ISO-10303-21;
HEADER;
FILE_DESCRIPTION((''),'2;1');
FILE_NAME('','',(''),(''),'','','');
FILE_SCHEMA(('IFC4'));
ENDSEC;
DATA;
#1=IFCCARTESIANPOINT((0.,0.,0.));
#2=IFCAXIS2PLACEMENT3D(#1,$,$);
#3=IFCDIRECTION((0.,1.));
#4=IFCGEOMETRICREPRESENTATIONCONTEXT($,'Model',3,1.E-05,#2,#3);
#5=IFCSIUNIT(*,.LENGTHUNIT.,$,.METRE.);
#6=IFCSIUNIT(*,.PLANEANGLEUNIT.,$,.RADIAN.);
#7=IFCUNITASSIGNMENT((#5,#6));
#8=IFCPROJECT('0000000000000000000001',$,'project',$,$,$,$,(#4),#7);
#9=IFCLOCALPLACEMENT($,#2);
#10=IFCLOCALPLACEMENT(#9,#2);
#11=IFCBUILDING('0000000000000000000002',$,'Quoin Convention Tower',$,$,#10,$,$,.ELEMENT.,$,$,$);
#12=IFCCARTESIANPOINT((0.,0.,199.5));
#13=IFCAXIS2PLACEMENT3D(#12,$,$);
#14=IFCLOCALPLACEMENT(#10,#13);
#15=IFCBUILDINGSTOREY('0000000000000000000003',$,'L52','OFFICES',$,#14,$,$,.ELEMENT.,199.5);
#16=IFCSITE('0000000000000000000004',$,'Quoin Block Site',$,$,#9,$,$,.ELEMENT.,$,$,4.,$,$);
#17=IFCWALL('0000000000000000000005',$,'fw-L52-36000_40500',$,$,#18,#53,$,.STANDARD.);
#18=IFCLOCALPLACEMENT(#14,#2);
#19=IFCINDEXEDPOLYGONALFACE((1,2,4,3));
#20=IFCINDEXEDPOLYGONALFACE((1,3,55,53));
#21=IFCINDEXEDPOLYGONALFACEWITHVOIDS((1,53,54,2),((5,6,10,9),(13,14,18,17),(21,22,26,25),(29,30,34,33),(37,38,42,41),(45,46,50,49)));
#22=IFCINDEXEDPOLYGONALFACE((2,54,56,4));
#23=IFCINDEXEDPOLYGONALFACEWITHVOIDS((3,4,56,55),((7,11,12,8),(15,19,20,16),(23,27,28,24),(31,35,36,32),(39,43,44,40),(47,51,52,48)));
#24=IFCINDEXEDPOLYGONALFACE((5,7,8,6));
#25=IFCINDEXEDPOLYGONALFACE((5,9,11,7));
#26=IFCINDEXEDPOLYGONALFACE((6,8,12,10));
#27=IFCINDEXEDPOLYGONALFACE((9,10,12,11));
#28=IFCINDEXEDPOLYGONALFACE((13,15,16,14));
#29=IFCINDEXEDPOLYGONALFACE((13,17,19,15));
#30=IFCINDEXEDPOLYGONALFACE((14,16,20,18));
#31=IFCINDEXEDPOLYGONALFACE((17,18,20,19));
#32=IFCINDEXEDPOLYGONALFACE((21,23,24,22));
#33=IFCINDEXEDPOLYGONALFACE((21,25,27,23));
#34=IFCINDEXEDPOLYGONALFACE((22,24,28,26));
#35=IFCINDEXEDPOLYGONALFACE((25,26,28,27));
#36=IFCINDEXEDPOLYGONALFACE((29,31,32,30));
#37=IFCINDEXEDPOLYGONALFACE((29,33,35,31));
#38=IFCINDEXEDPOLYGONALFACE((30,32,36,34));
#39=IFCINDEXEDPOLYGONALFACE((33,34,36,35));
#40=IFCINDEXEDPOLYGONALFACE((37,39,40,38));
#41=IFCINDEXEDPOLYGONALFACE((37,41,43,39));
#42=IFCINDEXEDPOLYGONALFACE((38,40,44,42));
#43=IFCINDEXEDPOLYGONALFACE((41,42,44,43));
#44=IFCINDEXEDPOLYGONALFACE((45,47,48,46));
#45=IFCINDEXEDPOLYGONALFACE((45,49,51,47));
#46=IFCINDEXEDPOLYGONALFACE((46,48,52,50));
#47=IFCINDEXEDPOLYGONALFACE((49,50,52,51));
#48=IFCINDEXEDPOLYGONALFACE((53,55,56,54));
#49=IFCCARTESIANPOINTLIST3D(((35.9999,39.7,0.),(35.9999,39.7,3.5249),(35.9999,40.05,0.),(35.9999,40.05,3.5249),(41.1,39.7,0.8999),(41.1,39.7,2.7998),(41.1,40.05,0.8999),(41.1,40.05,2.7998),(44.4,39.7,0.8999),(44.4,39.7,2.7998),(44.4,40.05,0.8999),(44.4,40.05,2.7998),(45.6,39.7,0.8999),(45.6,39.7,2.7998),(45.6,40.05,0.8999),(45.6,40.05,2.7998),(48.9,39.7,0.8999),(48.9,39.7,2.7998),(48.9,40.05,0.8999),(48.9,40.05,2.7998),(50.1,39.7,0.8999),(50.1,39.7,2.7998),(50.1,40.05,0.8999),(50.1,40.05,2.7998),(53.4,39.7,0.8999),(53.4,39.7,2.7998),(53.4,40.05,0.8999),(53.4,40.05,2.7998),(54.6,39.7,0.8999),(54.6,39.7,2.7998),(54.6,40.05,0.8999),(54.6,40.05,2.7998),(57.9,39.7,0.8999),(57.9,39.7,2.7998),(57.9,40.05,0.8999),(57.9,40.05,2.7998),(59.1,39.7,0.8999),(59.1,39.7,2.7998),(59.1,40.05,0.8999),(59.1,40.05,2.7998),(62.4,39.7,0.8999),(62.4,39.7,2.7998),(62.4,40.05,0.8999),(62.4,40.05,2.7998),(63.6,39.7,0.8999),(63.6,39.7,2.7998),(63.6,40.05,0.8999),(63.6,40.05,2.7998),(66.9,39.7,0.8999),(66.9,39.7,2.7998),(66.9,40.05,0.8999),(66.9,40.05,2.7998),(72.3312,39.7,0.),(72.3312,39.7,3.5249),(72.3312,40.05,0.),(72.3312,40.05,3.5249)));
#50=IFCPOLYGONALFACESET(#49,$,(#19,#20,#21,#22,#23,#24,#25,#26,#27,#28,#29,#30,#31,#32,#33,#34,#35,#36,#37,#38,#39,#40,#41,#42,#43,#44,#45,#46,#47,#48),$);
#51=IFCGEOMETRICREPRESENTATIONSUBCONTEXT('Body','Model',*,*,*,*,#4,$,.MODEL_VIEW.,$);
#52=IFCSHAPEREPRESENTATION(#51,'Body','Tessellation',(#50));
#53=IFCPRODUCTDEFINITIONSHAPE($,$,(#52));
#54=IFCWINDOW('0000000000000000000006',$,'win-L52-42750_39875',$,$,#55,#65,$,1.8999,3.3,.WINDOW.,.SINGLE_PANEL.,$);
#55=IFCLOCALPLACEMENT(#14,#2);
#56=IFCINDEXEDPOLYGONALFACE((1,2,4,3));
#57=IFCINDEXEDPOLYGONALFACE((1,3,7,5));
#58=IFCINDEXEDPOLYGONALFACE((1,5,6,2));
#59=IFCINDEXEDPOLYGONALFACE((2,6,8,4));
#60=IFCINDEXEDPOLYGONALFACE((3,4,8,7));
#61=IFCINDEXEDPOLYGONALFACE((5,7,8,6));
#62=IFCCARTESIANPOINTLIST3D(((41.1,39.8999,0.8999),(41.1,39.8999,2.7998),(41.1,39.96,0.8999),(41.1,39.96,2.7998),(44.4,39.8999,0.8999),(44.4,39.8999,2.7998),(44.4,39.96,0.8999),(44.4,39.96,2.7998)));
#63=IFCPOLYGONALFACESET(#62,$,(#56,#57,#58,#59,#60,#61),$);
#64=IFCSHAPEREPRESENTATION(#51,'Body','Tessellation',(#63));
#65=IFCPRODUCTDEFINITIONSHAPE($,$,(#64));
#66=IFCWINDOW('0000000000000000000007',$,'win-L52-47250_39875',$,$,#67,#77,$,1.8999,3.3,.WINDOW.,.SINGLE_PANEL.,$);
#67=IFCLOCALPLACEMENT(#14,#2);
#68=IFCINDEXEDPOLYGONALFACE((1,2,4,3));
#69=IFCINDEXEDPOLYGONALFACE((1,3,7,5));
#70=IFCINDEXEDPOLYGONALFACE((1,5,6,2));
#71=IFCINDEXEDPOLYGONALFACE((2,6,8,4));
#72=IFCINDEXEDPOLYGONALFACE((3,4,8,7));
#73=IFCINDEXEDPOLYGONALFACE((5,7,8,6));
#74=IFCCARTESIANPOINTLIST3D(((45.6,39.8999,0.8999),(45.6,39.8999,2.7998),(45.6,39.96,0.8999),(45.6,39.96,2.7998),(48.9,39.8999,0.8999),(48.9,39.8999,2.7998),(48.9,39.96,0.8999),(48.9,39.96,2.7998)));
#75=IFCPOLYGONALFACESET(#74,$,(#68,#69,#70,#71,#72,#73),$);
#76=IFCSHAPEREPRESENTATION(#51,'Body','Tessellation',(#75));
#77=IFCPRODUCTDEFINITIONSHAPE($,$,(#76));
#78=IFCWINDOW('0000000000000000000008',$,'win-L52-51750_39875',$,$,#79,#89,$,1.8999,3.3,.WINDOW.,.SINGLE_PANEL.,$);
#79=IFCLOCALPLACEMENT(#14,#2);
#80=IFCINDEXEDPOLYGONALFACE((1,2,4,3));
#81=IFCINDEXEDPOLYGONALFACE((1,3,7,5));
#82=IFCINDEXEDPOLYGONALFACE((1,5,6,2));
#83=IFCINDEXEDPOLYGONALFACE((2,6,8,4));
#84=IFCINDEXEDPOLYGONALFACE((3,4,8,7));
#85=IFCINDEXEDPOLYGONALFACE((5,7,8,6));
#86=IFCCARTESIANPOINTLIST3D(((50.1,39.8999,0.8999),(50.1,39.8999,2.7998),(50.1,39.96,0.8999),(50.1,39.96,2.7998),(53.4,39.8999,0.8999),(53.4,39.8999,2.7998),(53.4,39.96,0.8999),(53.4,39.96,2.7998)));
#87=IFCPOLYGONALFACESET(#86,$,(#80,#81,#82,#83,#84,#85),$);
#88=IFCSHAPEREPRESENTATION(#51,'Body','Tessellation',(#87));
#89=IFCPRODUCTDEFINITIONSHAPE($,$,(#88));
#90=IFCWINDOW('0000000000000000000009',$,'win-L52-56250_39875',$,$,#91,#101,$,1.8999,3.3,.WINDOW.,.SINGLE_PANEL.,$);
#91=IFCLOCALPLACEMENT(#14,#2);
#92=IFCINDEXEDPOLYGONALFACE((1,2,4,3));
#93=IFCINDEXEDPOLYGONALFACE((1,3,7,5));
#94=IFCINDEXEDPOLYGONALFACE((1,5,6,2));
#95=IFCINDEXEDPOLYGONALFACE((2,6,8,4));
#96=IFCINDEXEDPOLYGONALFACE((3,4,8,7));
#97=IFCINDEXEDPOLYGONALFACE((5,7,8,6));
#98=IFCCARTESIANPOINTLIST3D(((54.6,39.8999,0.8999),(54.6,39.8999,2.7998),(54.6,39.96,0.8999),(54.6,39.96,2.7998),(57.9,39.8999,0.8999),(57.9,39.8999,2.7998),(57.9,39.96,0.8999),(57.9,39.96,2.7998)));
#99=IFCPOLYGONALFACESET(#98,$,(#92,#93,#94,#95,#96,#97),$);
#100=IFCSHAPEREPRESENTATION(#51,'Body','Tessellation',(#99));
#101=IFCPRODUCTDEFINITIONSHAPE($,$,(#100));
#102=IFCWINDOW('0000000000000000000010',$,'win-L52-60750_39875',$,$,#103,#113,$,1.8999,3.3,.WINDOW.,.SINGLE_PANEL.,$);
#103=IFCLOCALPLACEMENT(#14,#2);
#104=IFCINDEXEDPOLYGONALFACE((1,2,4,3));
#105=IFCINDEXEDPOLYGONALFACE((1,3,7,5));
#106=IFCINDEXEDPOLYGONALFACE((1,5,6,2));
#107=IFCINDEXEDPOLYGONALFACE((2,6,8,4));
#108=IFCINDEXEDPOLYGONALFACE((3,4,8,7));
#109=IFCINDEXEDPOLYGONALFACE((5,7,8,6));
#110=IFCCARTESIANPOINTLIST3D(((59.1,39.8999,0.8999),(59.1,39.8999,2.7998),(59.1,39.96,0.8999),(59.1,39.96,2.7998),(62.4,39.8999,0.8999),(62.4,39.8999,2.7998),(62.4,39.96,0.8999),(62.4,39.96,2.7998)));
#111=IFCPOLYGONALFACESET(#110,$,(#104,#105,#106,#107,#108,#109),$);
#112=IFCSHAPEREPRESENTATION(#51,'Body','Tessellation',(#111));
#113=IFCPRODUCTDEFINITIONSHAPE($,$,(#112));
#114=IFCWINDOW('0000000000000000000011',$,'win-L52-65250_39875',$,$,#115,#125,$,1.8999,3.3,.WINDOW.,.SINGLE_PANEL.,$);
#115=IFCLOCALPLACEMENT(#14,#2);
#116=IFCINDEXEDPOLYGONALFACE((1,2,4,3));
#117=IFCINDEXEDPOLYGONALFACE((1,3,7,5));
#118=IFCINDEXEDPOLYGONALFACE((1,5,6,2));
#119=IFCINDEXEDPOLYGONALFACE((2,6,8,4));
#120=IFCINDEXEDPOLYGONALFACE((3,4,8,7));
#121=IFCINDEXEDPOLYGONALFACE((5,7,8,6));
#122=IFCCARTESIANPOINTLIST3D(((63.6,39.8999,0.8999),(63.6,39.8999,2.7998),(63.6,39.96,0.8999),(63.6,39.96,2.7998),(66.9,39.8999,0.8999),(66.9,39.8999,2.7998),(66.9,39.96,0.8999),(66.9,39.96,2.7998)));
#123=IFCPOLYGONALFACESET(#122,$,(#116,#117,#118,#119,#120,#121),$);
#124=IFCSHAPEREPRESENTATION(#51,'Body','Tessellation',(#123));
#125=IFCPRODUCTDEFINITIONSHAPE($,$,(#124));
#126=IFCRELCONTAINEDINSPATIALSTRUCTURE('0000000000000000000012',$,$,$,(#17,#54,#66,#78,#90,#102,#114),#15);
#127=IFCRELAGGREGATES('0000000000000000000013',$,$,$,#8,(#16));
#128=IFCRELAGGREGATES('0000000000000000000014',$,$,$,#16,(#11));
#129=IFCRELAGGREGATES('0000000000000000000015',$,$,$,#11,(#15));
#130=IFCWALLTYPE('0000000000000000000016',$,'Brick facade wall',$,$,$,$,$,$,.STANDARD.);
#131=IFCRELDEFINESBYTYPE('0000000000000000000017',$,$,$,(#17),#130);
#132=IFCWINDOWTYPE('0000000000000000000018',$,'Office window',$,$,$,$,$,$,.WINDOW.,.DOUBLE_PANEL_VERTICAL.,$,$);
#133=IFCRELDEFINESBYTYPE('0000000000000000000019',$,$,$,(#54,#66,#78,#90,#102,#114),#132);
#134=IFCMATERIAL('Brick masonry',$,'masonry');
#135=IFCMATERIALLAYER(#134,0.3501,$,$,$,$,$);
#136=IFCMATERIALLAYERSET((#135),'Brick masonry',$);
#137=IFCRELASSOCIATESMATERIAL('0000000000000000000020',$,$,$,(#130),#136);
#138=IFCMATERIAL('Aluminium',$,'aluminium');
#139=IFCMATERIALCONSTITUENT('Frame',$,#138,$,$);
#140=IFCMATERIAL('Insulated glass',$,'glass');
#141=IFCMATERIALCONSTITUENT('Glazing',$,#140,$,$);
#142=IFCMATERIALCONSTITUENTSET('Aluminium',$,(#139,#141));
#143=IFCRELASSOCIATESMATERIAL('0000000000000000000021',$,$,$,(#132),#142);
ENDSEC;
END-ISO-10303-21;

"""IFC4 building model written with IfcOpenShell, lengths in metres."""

from ifc_helpers import new_model, si_unit, direction, frame, frame_2d, origin, place, context, subcontext, project, spatial, rectangle, extrude, material, layer, layer_set, constituent, constituent_set, type_object, element, fill, save


model = new_model("IFC4")

# Units and contexts
model_context = context("Model", 3, precision=1e-05, world=origin(), true_north=direction((0.0, 1.0)))
body_context = subcontext(model_context, "Body", "Model", "MODEL_VIEW")
ifc_project = project(units=[si_unit("LENGTHUNIT", "METRE"), si_unit("PLANEANGLEUNIT", "RADIAN")], contexts=[model_context])

# Site, building, storey
site_placement = place(None, origin())
site = spatial("IfcSite", under=ifc_project, at=site_placement, Name="Quoin Block Site", CompositionType="ELEMENT", RefElevation=4.0)
building_placement = place(site_placement, origin())
building = spatial("IfcBuilding", under=site, at=building_placement, Name="Quoin Convention Tower", CompositionType="ELEMENT")
storey_placement = place(building_placement, frame((0.0, 0.0, 199.5)))
storey = spatial("IfcBuildingStorey", under=building, at=storey_placement, Name="L52", Description="OFFICES", CompositionType="ELEMENT", Elevation=199.5)

# Wall, openings, windows
ifc_material_1 = material(Name="Brick masonry", Category="masonry")
ifc_layer_1 = layer(ifc_material_1, 0.3501)
ifc_layer_set_1 = layer_set([ifc_layer_1], Name="Brick masonry")
wall_type = type_object("IfcWallType", Name="Brick facade wall", PredefinedType="STANDARD", material=ifc_layer_set_1)
wall_1_placement = place(storey_placement, frame((36.0, 39.875, 0.0), z_axis=(0.0, 0.0, 1.0), x_axis=(1.0, 0.0, 0.0)))
wall_1 = element("IfcWall", 1, at=wall_1_placement, inside=storey, type_object=wall_type, Name="fw-L52-36000_40500", PredefinedType="STANDARD", context=body_context, shape_type="SweptSolid", body=[
    extrude(rectangle(XDim=36.3313, YDim=0.3501, at=frame_2d((18.1655, 0.0))), origin(), (0.0, 0.0, 1.0), 3.5249),
])
opening_1_placement = place(wall_1_placement, frame((5.1001, 0.0, 0.8999)))
opening_1 = element("IfcOpeningElement", 2, at=opening_1_placement, cuts=wall_1, PredefinedType="OPENING", context=body_context, shape_type="SweptSolid", body=[
    extrude(rectangle(XDim=3.3, YDim=1.8999, at=frame_2d((1.6499, 0.95))), frame((0.0, 0.1851, 0.0), z_axis=(0.0, -1.0, 0.0), x_axis=(1.0, 0.0, 0.0)), (0.0, 0.0, 1.0), 0.3701),
])
opening_2_placement = place(wall_1_placement, frame((9.6001, 0.0, 0.8999)))
opening_2 = element("IfcOpeningElement", 3, at=opening_2_placement, cuts=wall_1, PredefinedType="OPENING", context=body_context, shape_type="SweptSolid", body=[
    extrude(rectangle(XDim=3.3, YDim=1.8999, at=frame_2d((1.6499, 0.95))), frame((0.0, 0.1851, 0.0), z_axis=(0.0, -1.0, 0.0), x_axis=(1.0, 0.0, 0.0)), (0.0, 0.0, 1.0), 0.3701),
])
opening_3_placement = place(wall_1_placement, frame((14.1001, 0.0, 0.8999)))
opening_3 = element("IfcOpeningElement", 4, at=opening_3_placement, cuts=wall_1, PredefinedType="OPENING", context=body_context, shape_type="SweptSolid", body=[
    extrude(rectangle(XDim=3.3, YDim=1.8999, at=frame_2d((1.6499, 0.95))), frame((0.0, 0.1851, 0.0), z_axis=(0.0, -1.0, 0.0), x_axis=(1.0, 0.0, 0.0)), (0.0, 0.0, 1.0), 0.3701),
])
opening_4_placement = place(wall_1_placement, frame((18.6001, 0.0, 0.8999)))
opening_4 = element("IfcOpeningElement", 5, at=opening_4_placement, cuts=wall_1, PredefinedType="OPENING", context=body_context, shape_type="SweptSolid", body=[
    extrude(rectangle(XDim=3.3, YDim=1.8999, at=frame_2d((1.6499, 0.95))), frame((0.0, 0.1851, 0.0), z_axis=(0.0, -1.0, 0.0), x_axis=(1.0, 0.0, 0.0)), (0.0, 0.0, 1.0), 0.3701),
])
opening_5_placement = place(wall_1_placement, frame((23.1001, 0.0, 0.8999)))
opening_5 = element("IfcOpeningElement", 6, at=opening_5_placement, cuts=wall_1, PredefinedType="OPENING", context=body_context, shape_type="SweptSolid", body=[
    extrude(rectangle(XDim=3.3, YDim=1.8999, at=frame_2d((1.6499, 0.95))), frame((0.0, 0.1851, 0.0), z_axis=(0.0, -1.0, 0.0), x_axis=(1.0, 0.0, 0.0)), (0.0, 0.0, 1.0), 0.3701),
])
opening_6_placement = place(wall_1_placement, frame((27.6001, 0.0, 0.8999)))
opening_6 = element("IfcOpeningElement", 7, at=opening_6_placement, cuts=wall_1, PredefinedType="OPENING", context=body_context, shape_type="SweptSolid", body=[
    extrude(rectangle(XDim=3.3, YDim=1.8999, at=frame_2d((1.6499, 0.95))), frame((0.0, 0.1851, 0.0), z_axis=(0.0, -1.0, 0.0), x_axis=(1.0, 0.0, 0.0)), (0.0, 0.0, 1.0), 0.3701),
])
ifc_material_2 = material(Name="Aluminium", Category="aluminium")
ifc_constituent_1 = constituent(ifc_material_2, Name="Frame")
ifc_material_3 = material(Name="Insulated glass", Category="glass")
ifc_constituent_2 = constituent(ifc_material_3, Name="Glazing")
ifc_constituent_set = constituent_set(constituents=[ifc_constituent_1, ifc_constituent_2], Name="Aluminium")
window_type = type_object("IfcWindowType", Name="Office window", PartitioningType="DOUBLE_PANEL_VERTICAL", PredefinedType="WINDOW", material=ifc_constituent_set)
window_1_placement = place(opening_1_placement, origin())
window_1 = element("IfcWindow", 8, at=window_1_placement, inside=storey, type_object=window_type, Name="win-L52-42750_39875", OverallHeight=1.8999, OverallWidth=3.3, PartitioningType="SINGLE_PANEL", PredefinedType="WINDOW", context=body_context, shape_type="SweptSolid", body=[
    extrude(rectangle(XDim=3.3, YDim=1.8999, at=frame_2d((1.6499, 0.95))), frame((0.0, 0.085, 0.0), z_axis=(0.0, -1.0, 0.0), x_axis=(1.0, 0.0, 0.0)), (0.0, 0.0, 1.0), 0.0601),
])
fill(opening_1, window_1)
window_2_placement = place(opening_2_placement, origin())
window_2 = element("IfcWindow", 9, at=window_2_placement, inside=storey, type_object=window_type, Name="win-L52-47250_39875", OverallHeight=1.8999, OverallWidth=3.3, PartitioningType="SINGLE_PANEL", PredefinedType="WINDOW", context=body_context, shape_type="SweptSolid", body=[
    extrude(rectangle(XDim=3.3, YDim=1.8999, at=frame_2d((1.6499, 0.95))), frame((0.0, 0.085, 0.0), z_axis=(0.0, -1.0, 0.0), x_axis=(1.0, 0.0, 0.0)), (0.0, 0.0, 1.0), 0.0601),
])
fill(opening_2, window_2)
window_3_placement = place(opening_3_placement, origin())
window_3 = element("IfcWindow", 10, at=window_3_placement, inside=storey, type_object=window_type, Name="win-L52-51750_39875", OverallHeight=1.8999, OverallWidth=3.3, PartitioningType="SINGLE_PANEL", PredefinedType="WINDOW", context=body_context, shape_type="SweptSolid", body=[
    extrude(rectangle(XDim=3.3, YDim=1.8999, at=frame_2d((1.6499, 0.95))), frame((0.0, 0.085, 0.0), z_axis=(0.0, -1.0, 0.0), x_axis=(1.0, 0.0, 0.0)), (0.0, 0.0, 1.0), 0.0601),
])
fill(opening_3, window_3)
window_4_placement = place(opening_4_placement, origin())
window_4 = element("IfcWindow", 11, at=window_4_placement, inside=storey, type_object=window_type, Name="win-L52-56250_39875", OverallHeight=1.8999, OverallWidth=3.3, PartitioningType="SINGLE_PANEL", PredefinedType="WINDOW", context=body_context, shape_type="SweptSolid", body=[
    extrude(rectangle(XDim=3.3, YDim=1.8999, at=frame_2d((1.6499, 0.95))), frame((0.0, 0.085, 0.0), z_axis=(0.0, -1.0, 0.0), x_axis=(1.0, 0.0, 0.0)), (0.0, 0.0, 1.0), 0.0601),
])
fill(opening_4, window_4)
window_5_placement = place(opening_5_placement, origin())
window_5 = element("IfcWindow", 12, at=window_5_placement, inside=storey, type_object=window_type, Name="win-L52-60750_39875", OverallHeight=1.8999, OverallWidth=3.3, PartitioningType="SINGLE_PANEL", PredefinedType="WINDOW", context=body_context, shape_type="SweptSolid", body=[
    extrude(rectangle(XDim=3.3, YDim=1.8999, at=frame_2d((1.6499, 0.95))), frame((0.0, 0.085, 0.0), z_axis=(0.0, -1.0, 0.0), x_axis=(1.0, 0.0, 0.0)), (0.0, 0.0, 1.0), 0.0601),
])
fill(opening_5, window_5)
window_6_placement = place(opening_6_placement, origin())
window_6 = element("IfcWindow", 13, at=window_6_placement, inside=storey, type_object=window_type, Name="win-L52-65250_39875", OverallHeight=1.8999, OverallWidth=3.3, PartitioningType="SINGLE_PANEL", PredefinedType="WINDOW", context=body_context, shape_type="SweptSolid", body=[
    extrude(rectangle(XDim=3.3, YDim=1.8999, at=frame_2d((1.6499, 0.95))), frame((0.0, 0.085, 0.0), z_axis=(0.0, -1.0, 0.0), x_axis=(1.0, 0.0, 0.0)), (0.0, 0.0, 1.0), 0.0601),
])
fill(opening_6, window_6)

save(model, "model.ifc")
